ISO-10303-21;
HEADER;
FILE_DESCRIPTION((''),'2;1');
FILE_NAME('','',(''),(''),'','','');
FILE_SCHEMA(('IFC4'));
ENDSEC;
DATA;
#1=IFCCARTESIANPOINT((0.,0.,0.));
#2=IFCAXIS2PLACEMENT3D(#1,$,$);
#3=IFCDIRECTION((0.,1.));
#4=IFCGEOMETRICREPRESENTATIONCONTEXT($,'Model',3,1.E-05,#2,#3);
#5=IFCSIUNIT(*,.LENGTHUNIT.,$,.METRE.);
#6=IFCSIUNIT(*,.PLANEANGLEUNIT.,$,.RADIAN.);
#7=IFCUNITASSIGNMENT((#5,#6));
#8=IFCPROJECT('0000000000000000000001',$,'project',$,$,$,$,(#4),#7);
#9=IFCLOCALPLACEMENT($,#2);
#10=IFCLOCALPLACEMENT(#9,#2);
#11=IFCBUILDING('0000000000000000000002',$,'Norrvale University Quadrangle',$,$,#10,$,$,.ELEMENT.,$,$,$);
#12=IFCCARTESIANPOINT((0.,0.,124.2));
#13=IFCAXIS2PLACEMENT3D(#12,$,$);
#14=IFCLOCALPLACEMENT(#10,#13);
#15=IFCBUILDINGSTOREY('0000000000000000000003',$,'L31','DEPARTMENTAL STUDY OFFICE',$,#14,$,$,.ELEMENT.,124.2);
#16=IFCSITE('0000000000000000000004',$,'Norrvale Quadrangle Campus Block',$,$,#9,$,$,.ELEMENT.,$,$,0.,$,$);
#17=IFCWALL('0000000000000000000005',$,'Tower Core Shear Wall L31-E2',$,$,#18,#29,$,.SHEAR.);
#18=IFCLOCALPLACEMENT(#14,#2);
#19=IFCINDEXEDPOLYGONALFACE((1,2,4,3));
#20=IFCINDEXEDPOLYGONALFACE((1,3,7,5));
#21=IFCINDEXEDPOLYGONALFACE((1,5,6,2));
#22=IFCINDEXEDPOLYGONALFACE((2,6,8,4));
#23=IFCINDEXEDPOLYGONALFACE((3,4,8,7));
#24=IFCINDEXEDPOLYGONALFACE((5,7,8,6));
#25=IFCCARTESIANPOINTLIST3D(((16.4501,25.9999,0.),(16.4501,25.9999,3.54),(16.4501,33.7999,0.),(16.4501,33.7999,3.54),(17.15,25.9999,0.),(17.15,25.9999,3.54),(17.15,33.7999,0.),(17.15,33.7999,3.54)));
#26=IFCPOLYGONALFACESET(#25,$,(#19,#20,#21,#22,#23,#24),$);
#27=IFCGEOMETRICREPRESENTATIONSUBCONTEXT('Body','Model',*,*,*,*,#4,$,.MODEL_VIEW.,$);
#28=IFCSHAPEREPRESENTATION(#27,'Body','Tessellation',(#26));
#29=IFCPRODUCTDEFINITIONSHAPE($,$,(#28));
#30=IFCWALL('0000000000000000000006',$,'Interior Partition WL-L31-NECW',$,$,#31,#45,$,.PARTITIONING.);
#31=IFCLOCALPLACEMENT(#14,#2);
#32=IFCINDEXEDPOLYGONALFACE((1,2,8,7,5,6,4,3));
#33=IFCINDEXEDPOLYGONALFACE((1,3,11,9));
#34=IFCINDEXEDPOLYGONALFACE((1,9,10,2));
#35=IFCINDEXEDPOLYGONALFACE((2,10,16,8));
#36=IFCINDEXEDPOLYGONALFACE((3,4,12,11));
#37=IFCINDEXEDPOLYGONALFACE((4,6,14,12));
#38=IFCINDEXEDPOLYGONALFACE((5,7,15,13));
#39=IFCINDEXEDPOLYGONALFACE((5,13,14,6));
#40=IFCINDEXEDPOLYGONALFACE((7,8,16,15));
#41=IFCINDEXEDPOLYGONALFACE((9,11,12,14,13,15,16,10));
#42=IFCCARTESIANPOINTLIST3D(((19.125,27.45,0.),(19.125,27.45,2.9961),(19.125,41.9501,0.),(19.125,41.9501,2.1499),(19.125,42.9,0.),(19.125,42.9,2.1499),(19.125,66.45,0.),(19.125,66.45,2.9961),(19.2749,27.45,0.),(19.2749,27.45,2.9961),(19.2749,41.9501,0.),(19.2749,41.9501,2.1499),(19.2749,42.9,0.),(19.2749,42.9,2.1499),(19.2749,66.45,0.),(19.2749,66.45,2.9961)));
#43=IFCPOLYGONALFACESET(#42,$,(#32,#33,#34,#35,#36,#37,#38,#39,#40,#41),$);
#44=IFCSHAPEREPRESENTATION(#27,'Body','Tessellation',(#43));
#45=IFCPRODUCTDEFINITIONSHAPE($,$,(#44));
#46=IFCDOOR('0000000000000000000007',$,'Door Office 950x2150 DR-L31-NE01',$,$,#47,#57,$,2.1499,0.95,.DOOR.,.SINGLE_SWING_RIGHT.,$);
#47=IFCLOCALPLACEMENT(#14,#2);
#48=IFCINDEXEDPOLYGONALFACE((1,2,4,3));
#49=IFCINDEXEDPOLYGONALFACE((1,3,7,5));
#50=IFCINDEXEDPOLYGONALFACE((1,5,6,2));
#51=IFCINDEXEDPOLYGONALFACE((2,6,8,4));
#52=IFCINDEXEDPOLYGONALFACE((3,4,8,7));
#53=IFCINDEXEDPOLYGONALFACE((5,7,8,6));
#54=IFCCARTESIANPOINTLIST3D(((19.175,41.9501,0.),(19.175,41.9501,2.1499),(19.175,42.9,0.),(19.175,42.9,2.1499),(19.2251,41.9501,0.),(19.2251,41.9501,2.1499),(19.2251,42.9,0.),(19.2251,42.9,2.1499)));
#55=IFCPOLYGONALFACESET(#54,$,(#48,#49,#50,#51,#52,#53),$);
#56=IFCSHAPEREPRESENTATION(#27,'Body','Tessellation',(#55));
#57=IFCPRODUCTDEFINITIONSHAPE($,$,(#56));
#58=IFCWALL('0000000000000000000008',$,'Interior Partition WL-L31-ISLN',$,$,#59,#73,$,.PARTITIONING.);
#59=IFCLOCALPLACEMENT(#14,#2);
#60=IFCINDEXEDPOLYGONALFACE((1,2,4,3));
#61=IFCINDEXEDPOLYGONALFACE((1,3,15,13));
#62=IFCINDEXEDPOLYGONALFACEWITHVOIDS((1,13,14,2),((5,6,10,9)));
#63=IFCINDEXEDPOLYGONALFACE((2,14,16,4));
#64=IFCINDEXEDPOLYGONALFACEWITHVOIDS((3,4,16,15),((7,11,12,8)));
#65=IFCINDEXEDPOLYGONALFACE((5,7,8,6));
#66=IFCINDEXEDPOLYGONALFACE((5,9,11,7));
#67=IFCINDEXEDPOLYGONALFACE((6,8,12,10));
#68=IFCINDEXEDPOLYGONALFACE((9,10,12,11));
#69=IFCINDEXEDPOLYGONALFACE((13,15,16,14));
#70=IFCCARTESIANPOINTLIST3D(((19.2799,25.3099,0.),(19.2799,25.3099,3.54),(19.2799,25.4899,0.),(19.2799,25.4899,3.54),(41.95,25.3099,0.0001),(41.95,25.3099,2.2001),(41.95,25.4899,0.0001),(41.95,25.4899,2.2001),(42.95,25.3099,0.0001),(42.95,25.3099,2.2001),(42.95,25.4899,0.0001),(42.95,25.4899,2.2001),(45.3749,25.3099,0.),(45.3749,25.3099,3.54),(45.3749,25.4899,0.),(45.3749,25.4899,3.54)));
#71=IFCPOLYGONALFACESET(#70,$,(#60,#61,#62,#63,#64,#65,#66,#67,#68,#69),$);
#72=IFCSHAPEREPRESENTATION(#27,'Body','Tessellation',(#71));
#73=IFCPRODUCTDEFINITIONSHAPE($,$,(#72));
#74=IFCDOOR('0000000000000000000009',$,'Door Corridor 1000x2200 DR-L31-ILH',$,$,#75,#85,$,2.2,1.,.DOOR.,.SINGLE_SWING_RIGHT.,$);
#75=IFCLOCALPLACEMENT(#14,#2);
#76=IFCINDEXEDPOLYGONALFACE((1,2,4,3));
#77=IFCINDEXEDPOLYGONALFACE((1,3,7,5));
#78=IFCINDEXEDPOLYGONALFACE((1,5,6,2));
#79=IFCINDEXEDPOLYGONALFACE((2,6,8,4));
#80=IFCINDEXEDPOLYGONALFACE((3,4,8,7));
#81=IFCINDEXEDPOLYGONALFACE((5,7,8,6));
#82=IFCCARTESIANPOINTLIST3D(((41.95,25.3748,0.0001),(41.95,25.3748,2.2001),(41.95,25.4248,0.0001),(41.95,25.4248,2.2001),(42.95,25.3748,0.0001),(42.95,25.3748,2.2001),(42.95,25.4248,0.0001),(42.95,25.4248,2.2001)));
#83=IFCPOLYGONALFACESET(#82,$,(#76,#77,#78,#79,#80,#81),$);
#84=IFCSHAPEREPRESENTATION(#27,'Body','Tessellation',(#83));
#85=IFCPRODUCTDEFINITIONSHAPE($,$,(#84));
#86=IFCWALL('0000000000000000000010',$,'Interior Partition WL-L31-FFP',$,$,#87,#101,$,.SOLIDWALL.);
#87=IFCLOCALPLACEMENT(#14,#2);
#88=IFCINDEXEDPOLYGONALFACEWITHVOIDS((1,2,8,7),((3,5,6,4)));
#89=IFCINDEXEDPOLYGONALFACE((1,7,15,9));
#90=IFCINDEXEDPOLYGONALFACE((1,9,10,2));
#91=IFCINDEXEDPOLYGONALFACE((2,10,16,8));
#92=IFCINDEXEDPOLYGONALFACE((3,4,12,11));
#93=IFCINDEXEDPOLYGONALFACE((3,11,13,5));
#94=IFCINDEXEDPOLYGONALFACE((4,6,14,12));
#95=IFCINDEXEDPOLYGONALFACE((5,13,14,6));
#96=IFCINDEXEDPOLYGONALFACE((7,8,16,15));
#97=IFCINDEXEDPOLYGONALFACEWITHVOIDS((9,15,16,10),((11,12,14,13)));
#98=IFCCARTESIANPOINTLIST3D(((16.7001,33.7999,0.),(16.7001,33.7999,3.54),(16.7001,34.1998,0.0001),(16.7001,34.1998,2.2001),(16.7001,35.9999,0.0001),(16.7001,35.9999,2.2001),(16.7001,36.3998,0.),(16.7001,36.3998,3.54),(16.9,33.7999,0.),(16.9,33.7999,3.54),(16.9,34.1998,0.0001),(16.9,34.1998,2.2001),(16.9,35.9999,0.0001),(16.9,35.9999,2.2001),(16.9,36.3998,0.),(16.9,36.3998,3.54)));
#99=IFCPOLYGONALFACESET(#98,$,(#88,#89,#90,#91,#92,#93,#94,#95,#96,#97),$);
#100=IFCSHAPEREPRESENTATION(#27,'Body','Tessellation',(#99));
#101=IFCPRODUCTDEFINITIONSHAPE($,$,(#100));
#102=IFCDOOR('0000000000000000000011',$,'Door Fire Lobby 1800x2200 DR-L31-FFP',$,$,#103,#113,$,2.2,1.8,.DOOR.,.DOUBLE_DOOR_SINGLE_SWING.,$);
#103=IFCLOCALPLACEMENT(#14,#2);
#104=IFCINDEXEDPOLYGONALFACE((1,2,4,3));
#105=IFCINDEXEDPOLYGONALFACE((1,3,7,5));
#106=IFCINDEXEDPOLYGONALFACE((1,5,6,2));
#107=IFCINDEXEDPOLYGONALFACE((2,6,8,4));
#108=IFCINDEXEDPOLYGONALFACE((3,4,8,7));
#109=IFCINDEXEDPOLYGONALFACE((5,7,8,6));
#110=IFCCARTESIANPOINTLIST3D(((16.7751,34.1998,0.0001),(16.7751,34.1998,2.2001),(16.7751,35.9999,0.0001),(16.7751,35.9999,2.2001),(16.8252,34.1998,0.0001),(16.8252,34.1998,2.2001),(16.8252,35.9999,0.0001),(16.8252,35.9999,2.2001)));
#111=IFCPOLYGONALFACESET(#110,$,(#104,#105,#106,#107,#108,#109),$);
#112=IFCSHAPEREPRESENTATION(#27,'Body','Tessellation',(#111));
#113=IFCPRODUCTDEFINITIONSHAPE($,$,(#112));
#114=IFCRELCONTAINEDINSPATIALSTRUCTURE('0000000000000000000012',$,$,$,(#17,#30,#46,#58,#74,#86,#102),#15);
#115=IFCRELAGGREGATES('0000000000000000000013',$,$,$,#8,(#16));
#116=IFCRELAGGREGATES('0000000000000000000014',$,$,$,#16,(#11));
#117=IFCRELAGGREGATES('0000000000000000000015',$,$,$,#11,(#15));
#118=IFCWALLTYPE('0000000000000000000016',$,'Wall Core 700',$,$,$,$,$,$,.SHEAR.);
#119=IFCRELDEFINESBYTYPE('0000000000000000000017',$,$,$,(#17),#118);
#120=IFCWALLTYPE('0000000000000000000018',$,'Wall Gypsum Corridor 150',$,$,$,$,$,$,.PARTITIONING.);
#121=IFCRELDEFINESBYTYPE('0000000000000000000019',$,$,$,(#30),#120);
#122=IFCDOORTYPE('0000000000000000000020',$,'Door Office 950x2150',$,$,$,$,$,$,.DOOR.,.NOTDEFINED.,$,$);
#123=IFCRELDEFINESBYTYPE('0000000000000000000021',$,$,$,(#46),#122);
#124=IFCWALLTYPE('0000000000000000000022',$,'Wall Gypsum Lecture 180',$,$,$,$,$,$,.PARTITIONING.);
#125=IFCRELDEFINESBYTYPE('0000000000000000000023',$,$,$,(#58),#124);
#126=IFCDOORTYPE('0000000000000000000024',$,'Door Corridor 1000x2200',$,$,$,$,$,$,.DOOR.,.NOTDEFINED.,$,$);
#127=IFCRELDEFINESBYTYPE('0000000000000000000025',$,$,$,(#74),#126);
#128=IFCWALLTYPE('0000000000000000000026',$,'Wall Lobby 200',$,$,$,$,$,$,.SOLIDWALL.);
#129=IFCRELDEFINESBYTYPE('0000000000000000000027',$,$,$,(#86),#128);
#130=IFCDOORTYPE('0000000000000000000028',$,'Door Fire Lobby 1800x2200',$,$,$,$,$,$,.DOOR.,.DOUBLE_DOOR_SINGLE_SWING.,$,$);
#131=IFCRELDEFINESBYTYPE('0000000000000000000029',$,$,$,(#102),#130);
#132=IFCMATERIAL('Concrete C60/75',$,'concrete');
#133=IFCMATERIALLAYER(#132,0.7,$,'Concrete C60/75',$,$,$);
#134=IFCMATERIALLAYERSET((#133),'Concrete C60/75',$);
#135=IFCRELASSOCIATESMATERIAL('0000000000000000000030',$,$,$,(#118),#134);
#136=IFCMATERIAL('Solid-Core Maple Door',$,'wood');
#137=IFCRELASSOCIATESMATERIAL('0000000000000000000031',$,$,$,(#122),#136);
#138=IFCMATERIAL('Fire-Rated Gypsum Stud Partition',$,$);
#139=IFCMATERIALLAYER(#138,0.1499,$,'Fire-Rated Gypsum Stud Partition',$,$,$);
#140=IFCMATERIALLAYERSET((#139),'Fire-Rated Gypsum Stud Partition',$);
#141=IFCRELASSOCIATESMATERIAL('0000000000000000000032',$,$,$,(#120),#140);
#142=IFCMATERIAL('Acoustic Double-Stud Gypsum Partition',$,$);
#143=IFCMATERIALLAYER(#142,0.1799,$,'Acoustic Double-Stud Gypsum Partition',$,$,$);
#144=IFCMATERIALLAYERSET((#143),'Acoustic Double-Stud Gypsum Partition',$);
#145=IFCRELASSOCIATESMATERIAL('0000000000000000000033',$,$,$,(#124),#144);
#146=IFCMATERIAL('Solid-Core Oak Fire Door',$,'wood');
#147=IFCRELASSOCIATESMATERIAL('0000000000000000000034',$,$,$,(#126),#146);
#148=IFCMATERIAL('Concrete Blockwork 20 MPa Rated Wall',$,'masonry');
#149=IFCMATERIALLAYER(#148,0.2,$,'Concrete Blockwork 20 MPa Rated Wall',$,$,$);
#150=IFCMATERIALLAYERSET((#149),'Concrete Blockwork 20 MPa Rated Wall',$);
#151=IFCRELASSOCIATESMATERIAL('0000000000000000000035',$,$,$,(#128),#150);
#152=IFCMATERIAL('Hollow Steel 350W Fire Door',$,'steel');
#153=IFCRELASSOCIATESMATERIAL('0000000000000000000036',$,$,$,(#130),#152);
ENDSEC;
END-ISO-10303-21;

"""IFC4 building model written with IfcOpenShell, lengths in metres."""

from ifc_helpers import new_model, si_unit, direction, frame, frame_2d, origin, place, context, subcontext, project, spatial, rectangle, extrude, material, layer, layer_set, type_object, element, fill, save


model = new_model("IFC4")

# Units and contexts
model_context = context("Model", 3, precision=1e-05, world=origin(), true_north=direction((0.0, 1.0)))
body_context = subcontext(model_context, "Body", "Model", "MODEL_VIEW")
ifc_project = project(units=[si_unit("LENGTHUNIT", "METRE"), si_unit("PLANEANGLEUNIT", "RADIAN")], contexts=[model_context])

# Site, building, storey
site_placement = place(None, origin())
site = spatial("IfcSite", under=ifc_project, at=site_placement, Name="Norrvale Quadrangle Campus Block", CompositionType="ELEMENT", RefElevation=0.0)
building_placement = place(site_placement, origin())
building = spatial("IfcBuilding", under=site, at=building_placement, Name="Norrvale University Quadrangle", CompositionType="ELEMENT")
storey_placement = place(building_placement, frame((0.0, 0.0, 124.2)))
storey = spatial("IfcBuildingStorey", under=building, at=storey_placement, Name="L31", Description="DEPARTMENTAL STUDY OFFICE", CompositionType="ELEMENT", Elevation=124.2)

# Shared definitions
ifc_material_1 = material(Name="Concrete C60/75", Category="concrete")

# Wall
ifc_layer_1 = layer(ifc_material_1, 0.7, Name="Concrete C60/75")
ifc_layer_set_1 = layer_set([ifc_layer_1], Name="Concrete C60/75")
wall_type_1 = type_object("IfcWallType", Name="Wall Core 700", PredefinedType="SHEAR", material=ifc_layer_set_1)
wall_1_placement = place(storey_placement, frame((16.8, 26.0, 0.0), z_axis=(0.0, 0.0, 1.0), x_axis=(0.0, 1.0, 0.0)))
element("IfcWall", 1, at=wall_1_placement, inside=storey, type_object=wall_type_1, Name="Tower Core Shear Wall L31-E2", PredefinedType="SHEAR", context=body_context, shape_type="SweptSolid", body=[
    extrude(rectangle(XDim=7.8, YDim=0.7, at=frame_2d((3.8999, 0.0))), origin(), (0.0, 0.0, 1.0), 3.54),
])

# Walls, openings, doors
ifc_material_2 = material(Name="Solid-Core Maple Door", Category="wood")
door_type_1 = type_object("IfcDoorType", Name="Door Office 950x2150", OperationType="NOTDEFINED", PredefinedType="DOOR", material=ifc_material_2)
ifc_material_3 = material(Name="Fire-Rated Gypsum Stud Partition")
ifc_layer_2 = layer(ifc_material_3, 0.1499, Name="Fire-Rated Gypsum Stud Partition")
ifc_layer_set_2 = layer_set([ifc_layer_2], Name="Fire-Rated Gypsum Stud Partition")
wall_type_2 = type_object("IfcWallType", Name="Wall Gypsum Corridor 150", PredefinedType="PARTITIONING", material=ifc_layer_set_2)
wall_2_placement = place(storey_placement, frame((19.2, 27.45, 0.0), z_axis=(0.0, 0.0, 1.0), x_axis=(0.0, 1.0, 0.0)))
wall_2 = element("IfcWall", 2, at=wall_2_placement, inside=storey, type_object=wall_type_2, Name="Interior Partition WL-L31-NECW", PredefinedType="PARTITIONING", context=body_context, shape_type="SweptSolid", body=[
    extrude(rectangle(XDim=39.0, YDim=0.1499, at=frame_2d((19.5, 0.0))), origin(), (0.0, 0.0, 1.0), 2.9961),
])
opening_1_placement = place(wall_2_placement, frame((14.5, 0.0, 0.0)))
opening_1 = element("IfcOpeningElement", 3, at=opening_1_placement, cuts=wall_2, PredefinedType="OPENING", context=body_context, shape_type="SweptSolid", body=[
    extrude(rectangle(XDim=0.95, YDim=2.1499, at=frame_2d((0.4751, 1.075))), frame((0.0, 0.0869, 0.0), z_axis=(0.0, -1.0, 0.0), x_axis=(1.0, 0.0, 0.0)), (0.0, 0.0, 1.0), 0.1738),
])
door_1_placement = place(opening_1_placement, origin())
door_1 = element("IfcDoor", 4, at=door_1_placement, inside=storey, type_object=door_type_1, Name="Door Office 950x2150 DR-L31-NE01", OperationType="SINGLE_SWING_RIGHT", OverallHeight=2.1499, OverallWidth=0.95, PredefinedType="DOOR", context=body_context, shape_type="SweptSolid", body=[
    extrude(rectangle(XDim=0.95, YDim=2.1499, at=frame_2d((0.4751, 1.075))), frame((0.0, 0.0249, 0.0), z_axis=(0.0, -1.0, 0.0), x_axis=(1.0, 0.0, 0.0)), (0.0, 0.0, 1.0), 0.05),
])
fill(opening_1, door_1)
ifc_material_4 = material(Name="Acoustic Double-Stud Gypsum Partition")
ifc_layer_3 = layer(ifc_material_4, 0.1799, Name="Acoustic Double-Stud Gypsum Partition")
ifc_layer_set_3 = layer_set([ifc_layer_3], Name="Acoustic Double-Stud Gypsum Partition")
wall_type_3 = type_object("IfcWallType", Name="Wall Gypsum Lecture 180", PredefinedType="PARTITIONING", material=ifc_layer_set_3)
wall_3_placement = place(storey_placement, frame((19.28, 25.3999, 0.0), z_axis=(0.0, 0.0, 1.0), x_axis=(1.0, 0.0, 0.0)))
wall_3 = element("IfcWall", 5, at=wall_3_placement, inside=storey, type_object=wall_type_3, Name="Interior Partition WL-L31-ISLN", PredefinedType="PARTITIONING", context=body_context, shape_type="SweptSolid", body=[
    extrude(rectangle(XDim=26.095, YDim=0.1799, at=frame_2d((13.0474, 0.0))), origin(), (0.0, 0.0, 1.0), 3.54),
])
opening_2_placement = place(wall_3_placement, frame((22.6699, 0.0, 0.0)))
opening_2 = element("IfcOpeningElement", 6, at=opening_2_placement, cuts=wall_3, PredefinedType="OPENING", context=body_context, shape_type="SweptSolid", body=[
    extrude(rectangle(XDim=1.0, YDim=2.2, at=frame_2d((0.5, 1.1001))), frame((0.0, 0.1021, 0.0), z_axis=(0.0, -1.0, 0.0), x_axis=(1.0, 0.0, 0.0)), (0.0, 0.0, 1.0), 0.2039),
])
ifc_material_5 = material(Name="Solid-Core Oak Fire Door", Category="wood")
door_type_2 = type_object("IfcDoorType", Name="Door Corridor 1000x2200", OperationType="NOTDEFINED", PredefinedType="DOOR", material=ifc_material_5)
door_2_placement = place(opening_2_placement, origin())
door_2 = element("IfcDoor", 7, at=door_2_placement, inside=storey, type_object=door_type_2, Name="Door Corridor 1000x2200 DR-L31-ILH", OperationType="SINGLE_SWING_RIGHT", OverallHeight=2.2, OverallWidth=1.0, PredefinedType="DOOR", context=body_context, shape_type="SweptSolid", body=[
    extrude(rectangle(XDim=1.0, YDim=2.2, at=frame_2d((0.5, 1.1001))), frame((0.0, 0.0249, 0.0), z_axis=(0.0, -1.0, 0.0), x_axis=(1.0, 0.0, 0.0)), (0.0, 0.0, 1.0), 0.05),
])
fill(opening_2, door_2)
ifc_material_6 = material(Name="Concrete Blockwork 20 MPa Rated Wall", Category="masonry")
ifc_layer_4 = layer(ifc_material_6, 0.2, Name="Concrete Blockwork 20 MPa Rated Wall")
ifc_layer_set_4 = layer_set([ifc_layer_4], Name="Concrete Blockwork 20 MPa Rated Wall")
wall_type_4 = type_object("IfcWallType", Name="Wall Lobby 200", PredefinedType="SOLIDWALL", material=ifc_layer_set_4)
wall_4_placement = place(storey_placement, frame((16.8, 33.8, 0.0), z_axis=(0.0, 0.0, 1.0), x_axis=(0.0, 1.0, 0.0)))
wall_4 = element("IfcWall", 8, at=wall_4_placement, inside=storey, type_object=wall_type_4, Name="Interior Partition WL-L31-FFP", PredefinedType="SOLIDWALL", context=body_context, shape_type="SweptSolid", body=[
    extrude(rectangle(XDim=2.5999, YDim=0.2, at=frame_2d((1.2998, 0.0))), origin(), (0.0, 0.0, 1.0), 3.54),
])
opening_3_placement = place(wall_4_placement, frame((0.3999, 0.0, 0.0)))
opening_3 = element("IfcOpeningElement", 9, at=opening_3_placement, cuts=wall_4, PredefinedType="OPENING", context=body_context, shape_type="SweptSolid", body=[
    extrude(rectangle(XDim=1.8, YDim=2.2, at=frame_2d((0.8999, 1.1001))), frame((0.0, 0.1121, 0.0), z_axis=(0.0, -1.0, 0.0), x_axis=(1.0, 0.0, 0.0)), (0.0, 0.0, 1.0), 0.2239),
])
ifc_material_7 = material(Name="Hollow Steel 350W Fire Door", Category="steel")
door_type_3 = type_object("IfcDoorType", Name="Door Fire Lobby 1800x2200", OperationType="DOUBLE_DOOR_SINGLE_SWING", PredefinedType="DOOR", material=ifc_material_7)
door_3_placement = place(opening_3_placement, origin())
door_3 = element("IfcDoor", 10, at=door_3_placement, inside=storey, type_object=door_type_3, Name="Door Fire Lobby 1800x2200 DR-L31-FFP", OperationType="DOUBLE_DOOR_SINGLE_SWING", OverallHeight=2.2, OverallWidth=1.8, PredefinedType="DOOR", context=body_context, shape_type="SweptSolid", body=[
    extrude(rectangle(XDim=1.8, YDim=2.2, at=frame_2d((0.8999, 1.1001))), frame((0.0, 0.0249, 0.0), z_axis=(0.0, -1.0, 0.0), x_axis=(1.0, 0.0, 0.0)), (0.0, 0.0, 1.0), 0.05),
])
fill(opening_3, door_3)

save(model, "model.ifc")
